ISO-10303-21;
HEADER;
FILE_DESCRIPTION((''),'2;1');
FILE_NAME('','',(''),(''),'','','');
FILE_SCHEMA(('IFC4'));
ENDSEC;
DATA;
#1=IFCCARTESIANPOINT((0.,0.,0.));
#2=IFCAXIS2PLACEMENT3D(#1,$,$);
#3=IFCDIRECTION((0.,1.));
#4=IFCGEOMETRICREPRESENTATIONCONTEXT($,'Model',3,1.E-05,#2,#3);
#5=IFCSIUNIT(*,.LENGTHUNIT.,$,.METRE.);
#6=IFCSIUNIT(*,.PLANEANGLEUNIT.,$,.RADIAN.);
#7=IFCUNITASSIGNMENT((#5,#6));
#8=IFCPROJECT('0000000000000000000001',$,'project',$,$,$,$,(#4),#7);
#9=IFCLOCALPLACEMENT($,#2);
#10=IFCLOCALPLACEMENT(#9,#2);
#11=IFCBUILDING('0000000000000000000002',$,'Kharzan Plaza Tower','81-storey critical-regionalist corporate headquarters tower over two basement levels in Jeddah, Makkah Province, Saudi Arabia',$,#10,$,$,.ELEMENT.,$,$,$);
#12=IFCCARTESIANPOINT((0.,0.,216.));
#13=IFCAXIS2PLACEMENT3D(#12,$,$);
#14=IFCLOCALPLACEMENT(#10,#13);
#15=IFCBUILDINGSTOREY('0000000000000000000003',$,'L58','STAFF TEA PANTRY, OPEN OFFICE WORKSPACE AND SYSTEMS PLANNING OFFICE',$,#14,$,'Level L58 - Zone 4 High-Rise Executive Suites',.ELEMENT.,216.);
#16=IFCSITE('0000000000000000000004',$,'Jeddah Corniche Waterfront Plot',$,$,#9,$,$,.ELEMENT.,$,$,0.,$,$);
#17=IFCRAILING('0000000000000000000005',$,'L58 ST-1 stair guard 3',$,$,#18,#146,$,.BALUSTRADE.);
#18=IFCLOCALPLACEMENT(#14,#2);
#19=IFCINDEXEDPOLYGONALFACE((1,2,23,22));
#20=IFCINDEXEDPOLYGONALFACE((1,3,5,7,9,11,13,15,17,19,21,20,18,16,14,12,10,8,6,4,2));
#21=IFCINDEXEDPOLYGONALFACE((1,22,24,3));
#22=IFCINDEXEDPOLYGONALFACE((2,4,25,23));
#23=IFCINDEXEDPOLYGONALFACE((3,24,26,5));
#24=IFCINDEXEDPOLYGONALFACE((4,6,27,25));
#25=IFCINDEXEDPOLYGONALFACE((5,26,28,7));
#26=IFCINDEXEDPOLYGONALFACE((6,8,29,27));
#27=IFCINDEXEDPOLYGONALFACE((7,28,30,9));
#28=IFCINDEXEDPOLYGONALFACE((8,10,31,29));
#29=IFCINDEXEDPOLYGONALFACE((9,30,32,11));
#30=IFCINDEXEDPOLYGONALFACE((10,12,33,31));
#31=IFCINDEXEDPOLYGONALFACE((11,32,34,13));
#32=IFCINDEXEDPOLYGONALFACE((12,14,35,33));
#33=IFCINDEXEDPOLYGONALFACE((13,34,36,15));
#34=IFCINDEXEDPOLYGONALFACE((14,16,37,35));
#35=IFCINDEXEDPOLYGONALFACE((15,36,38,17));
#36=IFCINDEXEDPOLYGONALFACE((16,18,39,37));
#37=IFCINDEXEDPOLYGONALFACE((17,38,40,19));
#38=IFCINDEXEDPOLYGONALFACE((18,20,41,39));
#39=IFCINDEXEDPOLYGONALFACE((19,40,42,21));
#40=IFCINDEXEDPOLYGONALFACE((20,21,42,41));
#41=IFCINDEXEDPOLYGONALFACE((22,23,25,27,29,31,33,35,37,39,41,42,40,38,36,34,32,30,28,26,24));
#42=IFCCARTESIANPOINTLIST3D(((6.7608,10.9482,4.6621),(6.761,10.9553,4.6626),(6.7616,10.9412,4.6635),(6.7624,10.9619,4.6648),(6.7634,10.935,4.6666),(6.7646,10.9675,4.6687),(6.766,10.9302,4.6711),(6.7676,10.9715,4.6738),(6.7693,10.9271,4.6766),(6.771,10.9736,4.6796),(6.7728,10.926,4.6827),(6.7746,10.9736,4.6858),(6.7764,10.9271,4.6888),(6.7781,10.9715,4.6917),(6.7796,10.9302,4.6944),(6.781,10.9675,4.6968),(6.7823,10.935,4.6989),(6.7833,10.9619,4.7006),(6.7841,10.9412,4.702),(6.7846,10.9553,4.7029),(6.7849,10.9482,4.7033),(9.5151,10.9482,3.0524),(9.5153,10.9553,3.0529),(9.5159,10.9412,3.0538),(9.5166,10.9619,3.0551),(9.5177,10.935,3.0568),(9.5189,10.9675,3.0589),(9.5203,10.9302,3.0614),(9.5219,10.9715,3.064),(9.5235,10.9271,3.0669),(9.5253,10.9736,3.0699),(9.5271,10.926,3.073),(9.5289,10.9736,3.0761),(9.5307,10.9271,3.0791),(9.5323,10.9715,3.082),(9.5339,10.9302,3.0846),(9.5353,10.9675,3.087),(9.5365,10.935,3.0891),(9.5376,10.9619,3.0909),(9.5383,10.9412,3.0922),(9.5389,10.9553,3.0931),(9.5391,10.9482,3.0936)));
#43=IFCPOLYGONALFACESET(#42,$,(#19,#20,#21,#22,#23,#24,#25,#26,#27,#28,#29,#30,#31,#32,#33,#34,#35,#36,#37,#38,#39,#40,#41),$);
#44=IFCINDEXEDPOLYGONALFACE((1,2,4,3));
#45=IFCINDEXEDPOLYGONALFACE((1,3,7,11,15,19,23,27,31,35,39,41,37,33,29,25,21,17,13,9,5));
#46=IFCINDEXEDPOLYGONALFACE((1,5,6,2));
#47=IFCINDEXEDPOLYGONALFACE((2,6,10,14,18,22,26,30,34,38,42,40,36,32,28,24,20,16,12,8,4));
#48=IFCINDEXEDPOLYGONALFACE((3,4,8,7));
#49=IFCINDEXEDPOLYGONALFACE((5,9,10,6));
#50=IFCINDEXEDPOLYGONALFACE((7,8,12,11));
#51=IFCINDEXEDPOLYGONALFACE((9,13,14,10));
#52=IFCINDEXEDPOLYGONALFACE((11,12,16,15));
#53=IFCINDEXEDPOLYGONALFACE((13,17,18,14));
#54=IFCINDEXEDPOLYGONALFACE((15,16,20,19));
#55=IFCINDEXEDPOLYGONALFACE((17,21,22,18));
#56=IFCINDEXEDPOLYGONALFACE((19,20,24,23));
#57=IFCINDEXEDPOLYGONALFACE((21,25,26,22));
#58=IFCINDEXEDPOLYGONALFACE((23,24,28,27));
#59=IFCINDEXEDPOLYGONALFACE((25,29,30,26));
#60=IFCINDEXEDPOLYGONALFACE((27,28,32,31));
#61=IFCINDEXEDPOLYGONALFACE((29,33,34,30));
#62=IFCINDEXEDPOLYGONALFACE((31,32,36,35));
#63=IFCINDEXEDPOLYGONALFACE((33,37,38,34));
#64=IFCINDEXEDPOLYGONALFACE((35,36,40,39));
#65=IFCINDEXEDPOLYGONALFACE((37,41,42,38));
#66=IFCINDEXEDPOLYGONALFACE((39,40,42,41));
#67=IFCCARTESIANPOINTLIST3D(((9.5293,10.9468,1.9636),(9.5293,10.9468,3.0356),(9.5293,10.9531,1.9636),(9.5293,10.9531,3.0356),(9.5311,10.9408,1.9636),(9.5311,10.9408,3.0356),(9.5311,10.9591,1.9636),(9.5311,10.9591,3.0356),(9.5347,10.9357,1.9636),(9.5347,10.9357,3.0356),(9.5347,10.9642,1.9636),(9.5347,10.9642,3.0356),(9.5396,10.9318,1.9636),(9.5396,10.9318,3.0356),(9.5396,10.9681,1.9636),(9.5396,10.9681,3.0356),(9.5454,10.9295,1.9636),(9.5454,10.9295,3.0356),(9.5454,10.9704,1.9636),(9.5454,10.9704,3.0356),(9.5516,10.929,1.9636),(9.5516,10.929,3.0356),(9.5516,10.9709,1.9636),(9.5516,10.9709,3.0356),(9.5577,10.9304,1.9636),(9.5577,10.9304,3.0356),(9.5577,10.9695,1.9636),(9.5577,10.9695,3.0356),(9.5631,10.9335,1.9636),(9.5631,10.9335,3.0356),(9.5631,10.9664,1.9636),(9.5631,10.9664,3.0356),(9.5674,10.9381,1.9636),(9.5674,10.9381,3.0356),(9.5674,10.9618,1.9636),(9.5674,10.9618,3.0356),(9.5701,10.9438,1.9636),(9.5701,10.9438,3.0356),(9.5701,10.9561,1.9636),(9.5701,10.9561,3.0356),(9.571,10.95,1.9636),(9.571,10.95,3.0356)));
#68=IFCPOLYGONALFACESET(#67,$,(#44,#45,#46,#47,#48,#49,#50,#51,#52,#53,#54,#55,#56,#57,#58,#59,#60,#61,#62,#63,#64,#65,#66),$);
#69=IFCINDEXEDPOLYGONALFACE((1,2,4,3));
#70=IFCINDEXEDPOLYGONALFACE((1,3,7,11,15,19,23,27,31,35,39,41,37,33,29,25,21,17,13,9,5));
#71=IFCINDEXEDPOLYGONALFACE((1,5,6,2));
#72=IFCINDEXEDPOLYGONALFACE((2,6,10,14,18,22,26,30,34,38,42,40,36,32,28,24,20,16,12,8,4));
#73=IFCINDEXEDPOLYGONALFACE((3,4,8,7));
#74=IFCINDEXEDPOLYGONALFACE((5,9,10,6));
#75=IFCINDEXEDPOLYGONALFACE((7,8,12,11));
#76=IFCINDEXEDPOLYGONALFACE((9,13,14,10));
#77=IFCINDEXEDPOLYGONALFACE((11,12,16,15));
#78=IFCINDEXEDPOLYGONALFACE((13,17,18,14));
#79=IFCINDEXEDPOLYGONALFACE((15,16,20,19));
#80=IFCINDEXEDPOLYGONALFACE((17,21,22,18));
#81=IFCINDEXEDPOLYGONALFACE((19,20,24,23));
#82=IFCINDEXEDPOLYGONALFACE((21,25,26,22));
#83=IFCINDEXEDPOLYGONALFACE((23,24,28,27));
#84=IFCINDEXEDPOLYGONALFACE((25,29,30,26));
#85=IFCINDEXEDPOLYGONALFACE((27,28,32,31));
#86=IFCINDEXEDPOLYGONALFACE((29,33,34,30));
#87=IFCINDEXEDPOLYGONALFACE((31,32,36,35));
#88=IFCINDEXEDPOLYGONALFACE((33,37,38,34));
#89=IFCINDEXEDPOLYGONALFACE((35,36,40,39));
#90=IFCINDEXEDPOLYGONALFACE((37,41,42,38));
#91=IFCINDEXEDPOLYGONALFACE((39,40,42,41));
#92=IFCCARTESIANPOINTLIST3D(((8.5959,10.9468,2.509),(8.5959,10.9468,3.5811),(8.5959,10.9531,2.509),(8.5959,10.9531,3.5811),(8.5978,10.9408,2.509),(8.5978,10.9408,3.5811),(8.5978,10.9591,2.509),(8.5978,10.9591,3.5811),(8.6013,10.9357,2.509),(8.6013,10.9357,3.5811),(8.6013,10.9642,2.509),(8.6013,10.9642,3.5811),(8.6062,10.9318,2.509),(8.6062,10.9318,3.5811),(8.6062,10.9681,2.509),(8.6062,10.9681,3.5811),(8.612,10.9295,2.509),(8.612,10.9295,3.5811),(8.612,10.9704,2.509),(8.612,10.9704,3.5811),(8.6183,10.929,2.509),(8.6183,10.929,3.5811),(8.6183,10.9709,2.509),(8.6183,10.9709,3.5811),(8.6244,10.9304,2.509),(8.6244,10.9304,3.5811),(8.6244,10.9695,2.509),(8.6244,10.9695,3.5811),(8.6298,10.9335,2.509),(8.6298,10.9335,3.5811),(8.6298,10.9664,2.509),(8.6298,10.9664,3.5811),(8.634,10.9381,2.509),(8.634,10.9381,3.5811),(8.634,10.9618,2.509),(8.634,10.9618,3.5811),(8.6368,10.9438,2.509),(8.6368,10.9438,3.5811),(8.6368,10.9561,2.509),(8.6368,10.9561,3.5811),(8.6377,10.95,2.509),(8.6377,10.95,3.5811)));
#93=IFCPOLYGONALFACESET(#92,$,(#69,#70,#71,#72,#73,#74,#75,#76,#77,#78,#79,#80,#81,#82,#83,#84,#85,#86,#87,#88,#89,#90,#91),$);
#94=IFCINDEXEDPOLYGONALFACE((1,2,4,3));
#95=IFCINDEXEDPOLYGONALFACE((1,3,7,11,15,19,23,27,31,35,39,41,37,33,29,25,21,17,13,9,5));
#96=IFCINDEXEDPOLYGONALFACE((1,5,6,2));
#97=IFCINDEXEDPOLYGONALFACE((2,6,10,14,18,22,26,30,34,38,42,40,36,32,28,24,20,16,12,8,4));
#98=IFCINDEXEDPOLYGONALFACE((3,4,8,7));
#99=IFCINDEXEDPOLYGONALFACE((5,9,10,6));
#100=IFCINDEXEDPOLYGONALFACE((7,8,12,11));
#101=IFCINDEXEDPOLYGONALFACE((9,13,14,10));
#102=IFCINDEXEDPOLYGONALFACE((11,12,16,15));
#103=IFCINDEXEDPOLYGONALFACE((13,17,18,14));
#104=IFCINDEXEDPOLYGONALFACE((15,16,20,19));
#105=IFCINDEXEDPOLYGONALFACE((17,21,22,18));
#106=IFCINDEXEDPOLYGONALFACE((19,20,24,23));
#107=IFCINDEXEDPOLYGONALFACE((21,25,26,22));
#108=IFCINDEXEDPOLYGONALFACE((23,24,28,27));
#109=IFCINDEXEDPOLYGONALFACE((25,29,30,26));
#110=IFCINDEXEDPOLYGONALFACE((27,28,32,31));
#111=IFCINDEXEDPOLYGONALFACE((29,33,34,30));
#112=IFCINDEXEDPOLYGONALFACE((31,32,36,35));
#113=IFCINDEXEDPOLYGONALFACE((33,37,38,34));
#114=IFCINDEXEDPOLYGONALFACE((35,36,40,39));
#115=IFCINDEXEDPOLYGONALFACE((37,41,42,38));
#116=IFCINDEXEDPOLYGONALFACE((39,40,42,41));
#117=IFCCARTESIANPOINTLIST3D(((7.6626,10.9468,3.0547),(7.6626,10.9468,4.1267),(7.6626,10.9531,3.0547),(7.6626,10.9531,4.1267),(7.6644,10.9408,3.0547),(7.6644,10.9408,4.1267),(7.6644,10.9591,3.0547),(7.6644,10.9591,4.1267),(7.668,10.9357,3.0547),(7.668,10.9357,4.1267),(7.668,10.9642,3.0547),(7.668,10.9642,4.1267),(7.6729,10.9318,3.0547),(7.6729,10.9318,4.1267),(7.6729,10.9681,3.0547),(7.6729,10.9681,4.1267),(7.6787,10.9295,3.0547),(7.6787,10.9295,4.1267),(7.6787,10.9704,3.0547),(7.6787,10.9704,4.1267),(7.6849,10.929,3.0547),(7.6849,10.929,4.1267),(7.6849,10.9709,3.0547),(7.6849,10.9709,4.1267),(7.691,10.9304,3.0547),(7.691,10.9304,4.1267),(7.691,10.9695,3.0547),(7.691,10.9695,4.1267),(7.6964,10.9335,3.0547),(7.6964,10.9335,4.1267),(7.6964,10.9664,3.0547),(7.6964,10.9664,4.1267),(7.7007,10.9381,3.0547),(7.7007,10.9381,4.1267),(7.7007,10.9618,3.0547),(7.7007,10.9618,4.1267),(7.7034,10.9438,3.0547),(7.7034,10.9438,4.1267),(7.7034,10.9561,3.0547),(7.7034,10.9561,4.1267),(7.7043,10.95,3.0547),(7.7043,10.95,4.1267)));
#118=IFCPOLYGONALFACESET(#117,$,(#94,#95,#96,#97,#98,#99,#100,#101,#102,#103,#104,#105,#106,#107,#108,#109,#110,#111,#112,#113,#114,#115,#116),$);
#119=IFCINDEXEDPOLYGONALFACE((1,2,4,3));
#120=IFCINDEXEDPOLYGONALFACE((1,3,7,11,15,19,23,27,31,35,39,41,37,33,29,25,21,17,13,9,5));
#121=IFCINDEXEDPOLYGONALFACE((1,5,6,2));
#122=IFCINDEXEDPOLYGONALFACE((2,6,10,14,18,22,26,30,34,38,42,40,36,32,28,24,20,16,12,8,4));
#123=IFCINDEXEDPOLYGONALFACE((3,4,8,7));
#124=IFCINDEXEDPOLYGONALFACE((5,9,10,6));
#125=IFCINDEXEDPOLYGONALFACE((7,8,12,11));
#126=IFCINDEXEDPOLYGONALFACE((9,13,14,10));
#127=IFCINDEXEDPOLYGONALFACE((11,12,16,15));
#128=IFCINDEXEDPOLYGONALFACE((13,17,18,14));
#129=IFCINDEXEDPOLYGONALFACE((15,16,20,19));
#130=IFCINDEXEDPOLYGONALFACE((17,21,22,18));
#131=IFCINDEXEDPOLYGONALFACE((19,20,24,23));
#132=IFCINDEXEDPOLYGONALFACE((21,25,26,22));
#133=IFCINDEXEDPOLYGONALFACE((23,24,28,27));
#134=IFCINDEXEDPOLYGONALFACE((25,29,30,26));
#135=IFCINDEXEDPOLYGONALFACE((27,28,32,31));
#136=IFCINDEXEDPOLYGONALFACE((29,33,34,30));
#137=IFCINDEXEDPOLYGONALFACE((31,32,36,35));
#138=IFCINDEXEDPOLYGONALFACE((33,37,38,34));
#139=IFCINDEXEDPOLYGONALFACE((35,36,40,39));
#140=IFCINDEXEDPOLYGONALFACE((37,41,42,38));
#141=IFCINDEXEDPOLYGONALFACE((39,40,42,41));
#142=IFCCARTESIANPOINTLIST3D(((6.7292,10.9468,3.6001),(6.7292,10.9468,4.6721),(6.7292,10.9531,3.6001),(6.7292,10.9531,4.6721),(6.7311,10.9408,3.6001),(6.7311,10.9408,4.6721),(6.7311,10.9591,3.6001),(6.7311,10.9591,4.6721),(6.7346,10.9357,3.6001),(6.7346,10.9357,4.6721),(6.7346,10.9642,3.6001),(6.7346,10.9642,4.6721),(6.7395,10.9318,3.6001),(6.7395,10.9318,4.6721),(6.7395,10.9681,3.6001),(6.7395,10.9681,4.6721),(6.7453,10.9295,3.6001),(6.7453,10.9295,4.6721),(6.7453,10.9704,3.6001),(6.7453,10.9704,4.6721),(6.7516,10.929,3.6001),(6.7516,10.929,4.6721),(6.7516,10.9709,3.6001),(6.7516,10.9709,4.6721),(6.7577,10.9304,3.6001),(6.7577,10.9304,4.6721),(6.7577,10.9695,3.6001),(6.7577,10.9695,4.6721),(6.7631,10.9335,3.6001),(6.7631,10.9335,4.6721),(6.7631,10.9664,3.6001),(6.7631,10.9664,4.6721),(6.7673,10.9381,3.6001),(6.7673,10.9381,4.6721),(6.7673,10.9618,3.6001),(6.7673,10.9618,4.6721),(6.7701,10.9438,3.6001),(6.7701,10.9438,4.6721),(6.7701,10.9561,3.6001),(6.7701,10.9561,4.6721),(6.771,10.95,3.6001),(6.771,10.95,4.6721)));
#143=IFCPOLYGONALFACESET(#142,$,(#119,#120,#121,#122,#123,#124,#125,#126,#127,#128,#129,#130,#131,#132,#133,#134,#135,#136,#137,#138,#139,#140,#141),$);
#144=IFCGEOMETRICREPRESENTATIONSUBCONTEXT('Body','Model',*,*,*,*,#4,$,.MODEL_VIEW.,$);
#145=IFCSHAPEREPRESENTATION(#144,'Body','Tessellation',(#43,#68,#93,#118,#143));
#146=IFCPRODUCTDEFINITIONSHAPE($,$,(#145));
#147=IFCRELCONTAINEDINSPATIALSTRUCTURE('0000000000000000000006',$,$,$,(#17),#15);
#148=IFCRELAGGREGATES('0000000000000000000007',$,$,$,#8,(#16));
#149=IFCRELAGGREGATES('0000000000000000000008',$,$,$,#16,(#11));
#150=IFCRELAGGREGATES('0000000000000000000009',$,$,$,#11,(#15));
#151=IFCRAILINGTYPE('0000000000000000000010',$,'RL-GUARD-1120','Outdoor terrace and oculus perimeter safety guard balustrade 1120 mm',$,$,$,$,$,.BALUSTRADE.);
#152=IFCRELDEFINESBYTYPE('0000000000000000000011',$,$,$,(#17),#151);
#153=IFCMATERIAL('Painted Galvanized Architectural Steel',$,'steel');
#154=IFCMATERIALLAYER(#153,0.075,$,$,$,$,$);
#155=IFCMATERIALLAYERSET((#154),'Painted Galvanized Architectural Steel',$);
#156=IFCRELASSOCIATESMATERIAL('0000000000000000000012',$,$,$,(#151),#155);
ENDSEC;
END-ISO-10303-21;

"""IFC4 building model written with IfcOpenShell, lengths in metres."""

from ifc_helpers import new_model, si_unit, direction, frame, origin, origin_2d, place, context, subcontext, project, spatial, circle, extrude, source, transform, mapped, material, layer, layer_set, type_object, element, save


model = new_model("IFC4")

# Units and contexts
model_context = context("Model", 3, precision=1e-05, world=origin(), true_north=direction((0.0, 1.0)))
body_context = subcontext(model_context, "Body", "Model", "MODEL_VIEW")
ifc_project = project(units=[si_unit("LENGTHUNIT", "METRE"), si_unit("PLANEANGLEUNIT", "RADIAN")], contexts=[model_context])

# Site, building, storey
site_placement = place(None, origin())
site = spatial("IfcSite", under=ifc_project, at=site_placement, Name="Jeddah Corniche Waterfront Plot", CompositionType="ELEMENT", RefElevation=0.0)
building_placement = place(site_placement, origin())
building = spatial("IfcBuilding", under=site, at=building_placement, Name="Kharzan Plaza Tower", Description="81-storey critical-regionalist corporate headquarters tower over two basement levels in Jeddah, Makkah Province, Saudi Arabia", CompositionType="ELEMENT")
storey_placement = place(building_placement, frame((0.0, 0.0, 216.0)))
storey = spatial("IfcBuildingStorey", under=building, at=storey_placement, Name="L58", Description="STAFF TEA PANTRY, OPEN OFFICE WORKSPACE AND SYSTEMS PLANNING OFFICE", LongName="Level L58 - Zone 4 High-Rise Executive Suites", CompositionType="ELEMENT", Elevation=216.0)

# Railing
ifc_material_1 = material(Name="Painted Galvanized Architectural Steel", Category="steel")
ifc_layer_1 = layer(ifc_material_1, 0.075)
ifc_layer_set_1 = layer_set([ifc_layer_1], Name="Painted Galvanized Architectural Steel")
railing_type_1 = type_object("IfcRailingType", Name="RL-GUARD-1120", Description="Outdoor terrace and oculus perimeter safety guard balustrade 1120 mm", PredefinedType="BALUSTRADE", material=ifc_layer_set_1)
shared_shape_1 = source(origin(), body_context, "Body", "SweptSolid", [
    extrude(circle(Radius=0.0239, at=origin_2d()), frame((-0.0229, 0.0, 1.1094), z_axis=(-0.863361, 0.0, 0.504587), x_axis=(0.0, -1.0, 0.0)), (0.0, 0.0, 1.0), 3.1902),
    extrude(circle(Radius=0.021, at=origin_2d()), origin(), (0.0, 0.0, 1.0), 1.072),
    extrude(circle(Radius=0.021, at=origin_2d()), frame((-0.9333, 0.0, 0.5454)), (0.0, 0.0, 1.0), 1.072),
    extrude(circle(Radius=0.021, at=origin_2d()), frame((-1.8667, 0.0, 1.0911)), (0.0, 0.0, 1.0), 1.072),
    extrude(circle(Radius=0.021, at=origin_2d()), frame((-2.8, 0.0, 1.6365)), (0.0, 0.0, 1.0), 1.072),
])
railing_1_placement = place(storey_placement, frame((9.55, 10.95, 1.9636)))
element("IfcRailing", 1, at=railing_1_placement, inside=storey, type_object=railing_type_1, Name="L58 ST-1 stair guard 3", PredefinedType="BALUSTRADE", context=body_context, shape_type="MappedRepresentation", body=[
    mapped(shared_shape_1, transform((0.0, 0.0, 0.0), x_axis=(1.0, 0.0, 0.0), y_axis=(0.0, 1.0, 0.0), z_axis=(0.0, 0.0, 1.0))),
])

save(model, "model.ifc")
